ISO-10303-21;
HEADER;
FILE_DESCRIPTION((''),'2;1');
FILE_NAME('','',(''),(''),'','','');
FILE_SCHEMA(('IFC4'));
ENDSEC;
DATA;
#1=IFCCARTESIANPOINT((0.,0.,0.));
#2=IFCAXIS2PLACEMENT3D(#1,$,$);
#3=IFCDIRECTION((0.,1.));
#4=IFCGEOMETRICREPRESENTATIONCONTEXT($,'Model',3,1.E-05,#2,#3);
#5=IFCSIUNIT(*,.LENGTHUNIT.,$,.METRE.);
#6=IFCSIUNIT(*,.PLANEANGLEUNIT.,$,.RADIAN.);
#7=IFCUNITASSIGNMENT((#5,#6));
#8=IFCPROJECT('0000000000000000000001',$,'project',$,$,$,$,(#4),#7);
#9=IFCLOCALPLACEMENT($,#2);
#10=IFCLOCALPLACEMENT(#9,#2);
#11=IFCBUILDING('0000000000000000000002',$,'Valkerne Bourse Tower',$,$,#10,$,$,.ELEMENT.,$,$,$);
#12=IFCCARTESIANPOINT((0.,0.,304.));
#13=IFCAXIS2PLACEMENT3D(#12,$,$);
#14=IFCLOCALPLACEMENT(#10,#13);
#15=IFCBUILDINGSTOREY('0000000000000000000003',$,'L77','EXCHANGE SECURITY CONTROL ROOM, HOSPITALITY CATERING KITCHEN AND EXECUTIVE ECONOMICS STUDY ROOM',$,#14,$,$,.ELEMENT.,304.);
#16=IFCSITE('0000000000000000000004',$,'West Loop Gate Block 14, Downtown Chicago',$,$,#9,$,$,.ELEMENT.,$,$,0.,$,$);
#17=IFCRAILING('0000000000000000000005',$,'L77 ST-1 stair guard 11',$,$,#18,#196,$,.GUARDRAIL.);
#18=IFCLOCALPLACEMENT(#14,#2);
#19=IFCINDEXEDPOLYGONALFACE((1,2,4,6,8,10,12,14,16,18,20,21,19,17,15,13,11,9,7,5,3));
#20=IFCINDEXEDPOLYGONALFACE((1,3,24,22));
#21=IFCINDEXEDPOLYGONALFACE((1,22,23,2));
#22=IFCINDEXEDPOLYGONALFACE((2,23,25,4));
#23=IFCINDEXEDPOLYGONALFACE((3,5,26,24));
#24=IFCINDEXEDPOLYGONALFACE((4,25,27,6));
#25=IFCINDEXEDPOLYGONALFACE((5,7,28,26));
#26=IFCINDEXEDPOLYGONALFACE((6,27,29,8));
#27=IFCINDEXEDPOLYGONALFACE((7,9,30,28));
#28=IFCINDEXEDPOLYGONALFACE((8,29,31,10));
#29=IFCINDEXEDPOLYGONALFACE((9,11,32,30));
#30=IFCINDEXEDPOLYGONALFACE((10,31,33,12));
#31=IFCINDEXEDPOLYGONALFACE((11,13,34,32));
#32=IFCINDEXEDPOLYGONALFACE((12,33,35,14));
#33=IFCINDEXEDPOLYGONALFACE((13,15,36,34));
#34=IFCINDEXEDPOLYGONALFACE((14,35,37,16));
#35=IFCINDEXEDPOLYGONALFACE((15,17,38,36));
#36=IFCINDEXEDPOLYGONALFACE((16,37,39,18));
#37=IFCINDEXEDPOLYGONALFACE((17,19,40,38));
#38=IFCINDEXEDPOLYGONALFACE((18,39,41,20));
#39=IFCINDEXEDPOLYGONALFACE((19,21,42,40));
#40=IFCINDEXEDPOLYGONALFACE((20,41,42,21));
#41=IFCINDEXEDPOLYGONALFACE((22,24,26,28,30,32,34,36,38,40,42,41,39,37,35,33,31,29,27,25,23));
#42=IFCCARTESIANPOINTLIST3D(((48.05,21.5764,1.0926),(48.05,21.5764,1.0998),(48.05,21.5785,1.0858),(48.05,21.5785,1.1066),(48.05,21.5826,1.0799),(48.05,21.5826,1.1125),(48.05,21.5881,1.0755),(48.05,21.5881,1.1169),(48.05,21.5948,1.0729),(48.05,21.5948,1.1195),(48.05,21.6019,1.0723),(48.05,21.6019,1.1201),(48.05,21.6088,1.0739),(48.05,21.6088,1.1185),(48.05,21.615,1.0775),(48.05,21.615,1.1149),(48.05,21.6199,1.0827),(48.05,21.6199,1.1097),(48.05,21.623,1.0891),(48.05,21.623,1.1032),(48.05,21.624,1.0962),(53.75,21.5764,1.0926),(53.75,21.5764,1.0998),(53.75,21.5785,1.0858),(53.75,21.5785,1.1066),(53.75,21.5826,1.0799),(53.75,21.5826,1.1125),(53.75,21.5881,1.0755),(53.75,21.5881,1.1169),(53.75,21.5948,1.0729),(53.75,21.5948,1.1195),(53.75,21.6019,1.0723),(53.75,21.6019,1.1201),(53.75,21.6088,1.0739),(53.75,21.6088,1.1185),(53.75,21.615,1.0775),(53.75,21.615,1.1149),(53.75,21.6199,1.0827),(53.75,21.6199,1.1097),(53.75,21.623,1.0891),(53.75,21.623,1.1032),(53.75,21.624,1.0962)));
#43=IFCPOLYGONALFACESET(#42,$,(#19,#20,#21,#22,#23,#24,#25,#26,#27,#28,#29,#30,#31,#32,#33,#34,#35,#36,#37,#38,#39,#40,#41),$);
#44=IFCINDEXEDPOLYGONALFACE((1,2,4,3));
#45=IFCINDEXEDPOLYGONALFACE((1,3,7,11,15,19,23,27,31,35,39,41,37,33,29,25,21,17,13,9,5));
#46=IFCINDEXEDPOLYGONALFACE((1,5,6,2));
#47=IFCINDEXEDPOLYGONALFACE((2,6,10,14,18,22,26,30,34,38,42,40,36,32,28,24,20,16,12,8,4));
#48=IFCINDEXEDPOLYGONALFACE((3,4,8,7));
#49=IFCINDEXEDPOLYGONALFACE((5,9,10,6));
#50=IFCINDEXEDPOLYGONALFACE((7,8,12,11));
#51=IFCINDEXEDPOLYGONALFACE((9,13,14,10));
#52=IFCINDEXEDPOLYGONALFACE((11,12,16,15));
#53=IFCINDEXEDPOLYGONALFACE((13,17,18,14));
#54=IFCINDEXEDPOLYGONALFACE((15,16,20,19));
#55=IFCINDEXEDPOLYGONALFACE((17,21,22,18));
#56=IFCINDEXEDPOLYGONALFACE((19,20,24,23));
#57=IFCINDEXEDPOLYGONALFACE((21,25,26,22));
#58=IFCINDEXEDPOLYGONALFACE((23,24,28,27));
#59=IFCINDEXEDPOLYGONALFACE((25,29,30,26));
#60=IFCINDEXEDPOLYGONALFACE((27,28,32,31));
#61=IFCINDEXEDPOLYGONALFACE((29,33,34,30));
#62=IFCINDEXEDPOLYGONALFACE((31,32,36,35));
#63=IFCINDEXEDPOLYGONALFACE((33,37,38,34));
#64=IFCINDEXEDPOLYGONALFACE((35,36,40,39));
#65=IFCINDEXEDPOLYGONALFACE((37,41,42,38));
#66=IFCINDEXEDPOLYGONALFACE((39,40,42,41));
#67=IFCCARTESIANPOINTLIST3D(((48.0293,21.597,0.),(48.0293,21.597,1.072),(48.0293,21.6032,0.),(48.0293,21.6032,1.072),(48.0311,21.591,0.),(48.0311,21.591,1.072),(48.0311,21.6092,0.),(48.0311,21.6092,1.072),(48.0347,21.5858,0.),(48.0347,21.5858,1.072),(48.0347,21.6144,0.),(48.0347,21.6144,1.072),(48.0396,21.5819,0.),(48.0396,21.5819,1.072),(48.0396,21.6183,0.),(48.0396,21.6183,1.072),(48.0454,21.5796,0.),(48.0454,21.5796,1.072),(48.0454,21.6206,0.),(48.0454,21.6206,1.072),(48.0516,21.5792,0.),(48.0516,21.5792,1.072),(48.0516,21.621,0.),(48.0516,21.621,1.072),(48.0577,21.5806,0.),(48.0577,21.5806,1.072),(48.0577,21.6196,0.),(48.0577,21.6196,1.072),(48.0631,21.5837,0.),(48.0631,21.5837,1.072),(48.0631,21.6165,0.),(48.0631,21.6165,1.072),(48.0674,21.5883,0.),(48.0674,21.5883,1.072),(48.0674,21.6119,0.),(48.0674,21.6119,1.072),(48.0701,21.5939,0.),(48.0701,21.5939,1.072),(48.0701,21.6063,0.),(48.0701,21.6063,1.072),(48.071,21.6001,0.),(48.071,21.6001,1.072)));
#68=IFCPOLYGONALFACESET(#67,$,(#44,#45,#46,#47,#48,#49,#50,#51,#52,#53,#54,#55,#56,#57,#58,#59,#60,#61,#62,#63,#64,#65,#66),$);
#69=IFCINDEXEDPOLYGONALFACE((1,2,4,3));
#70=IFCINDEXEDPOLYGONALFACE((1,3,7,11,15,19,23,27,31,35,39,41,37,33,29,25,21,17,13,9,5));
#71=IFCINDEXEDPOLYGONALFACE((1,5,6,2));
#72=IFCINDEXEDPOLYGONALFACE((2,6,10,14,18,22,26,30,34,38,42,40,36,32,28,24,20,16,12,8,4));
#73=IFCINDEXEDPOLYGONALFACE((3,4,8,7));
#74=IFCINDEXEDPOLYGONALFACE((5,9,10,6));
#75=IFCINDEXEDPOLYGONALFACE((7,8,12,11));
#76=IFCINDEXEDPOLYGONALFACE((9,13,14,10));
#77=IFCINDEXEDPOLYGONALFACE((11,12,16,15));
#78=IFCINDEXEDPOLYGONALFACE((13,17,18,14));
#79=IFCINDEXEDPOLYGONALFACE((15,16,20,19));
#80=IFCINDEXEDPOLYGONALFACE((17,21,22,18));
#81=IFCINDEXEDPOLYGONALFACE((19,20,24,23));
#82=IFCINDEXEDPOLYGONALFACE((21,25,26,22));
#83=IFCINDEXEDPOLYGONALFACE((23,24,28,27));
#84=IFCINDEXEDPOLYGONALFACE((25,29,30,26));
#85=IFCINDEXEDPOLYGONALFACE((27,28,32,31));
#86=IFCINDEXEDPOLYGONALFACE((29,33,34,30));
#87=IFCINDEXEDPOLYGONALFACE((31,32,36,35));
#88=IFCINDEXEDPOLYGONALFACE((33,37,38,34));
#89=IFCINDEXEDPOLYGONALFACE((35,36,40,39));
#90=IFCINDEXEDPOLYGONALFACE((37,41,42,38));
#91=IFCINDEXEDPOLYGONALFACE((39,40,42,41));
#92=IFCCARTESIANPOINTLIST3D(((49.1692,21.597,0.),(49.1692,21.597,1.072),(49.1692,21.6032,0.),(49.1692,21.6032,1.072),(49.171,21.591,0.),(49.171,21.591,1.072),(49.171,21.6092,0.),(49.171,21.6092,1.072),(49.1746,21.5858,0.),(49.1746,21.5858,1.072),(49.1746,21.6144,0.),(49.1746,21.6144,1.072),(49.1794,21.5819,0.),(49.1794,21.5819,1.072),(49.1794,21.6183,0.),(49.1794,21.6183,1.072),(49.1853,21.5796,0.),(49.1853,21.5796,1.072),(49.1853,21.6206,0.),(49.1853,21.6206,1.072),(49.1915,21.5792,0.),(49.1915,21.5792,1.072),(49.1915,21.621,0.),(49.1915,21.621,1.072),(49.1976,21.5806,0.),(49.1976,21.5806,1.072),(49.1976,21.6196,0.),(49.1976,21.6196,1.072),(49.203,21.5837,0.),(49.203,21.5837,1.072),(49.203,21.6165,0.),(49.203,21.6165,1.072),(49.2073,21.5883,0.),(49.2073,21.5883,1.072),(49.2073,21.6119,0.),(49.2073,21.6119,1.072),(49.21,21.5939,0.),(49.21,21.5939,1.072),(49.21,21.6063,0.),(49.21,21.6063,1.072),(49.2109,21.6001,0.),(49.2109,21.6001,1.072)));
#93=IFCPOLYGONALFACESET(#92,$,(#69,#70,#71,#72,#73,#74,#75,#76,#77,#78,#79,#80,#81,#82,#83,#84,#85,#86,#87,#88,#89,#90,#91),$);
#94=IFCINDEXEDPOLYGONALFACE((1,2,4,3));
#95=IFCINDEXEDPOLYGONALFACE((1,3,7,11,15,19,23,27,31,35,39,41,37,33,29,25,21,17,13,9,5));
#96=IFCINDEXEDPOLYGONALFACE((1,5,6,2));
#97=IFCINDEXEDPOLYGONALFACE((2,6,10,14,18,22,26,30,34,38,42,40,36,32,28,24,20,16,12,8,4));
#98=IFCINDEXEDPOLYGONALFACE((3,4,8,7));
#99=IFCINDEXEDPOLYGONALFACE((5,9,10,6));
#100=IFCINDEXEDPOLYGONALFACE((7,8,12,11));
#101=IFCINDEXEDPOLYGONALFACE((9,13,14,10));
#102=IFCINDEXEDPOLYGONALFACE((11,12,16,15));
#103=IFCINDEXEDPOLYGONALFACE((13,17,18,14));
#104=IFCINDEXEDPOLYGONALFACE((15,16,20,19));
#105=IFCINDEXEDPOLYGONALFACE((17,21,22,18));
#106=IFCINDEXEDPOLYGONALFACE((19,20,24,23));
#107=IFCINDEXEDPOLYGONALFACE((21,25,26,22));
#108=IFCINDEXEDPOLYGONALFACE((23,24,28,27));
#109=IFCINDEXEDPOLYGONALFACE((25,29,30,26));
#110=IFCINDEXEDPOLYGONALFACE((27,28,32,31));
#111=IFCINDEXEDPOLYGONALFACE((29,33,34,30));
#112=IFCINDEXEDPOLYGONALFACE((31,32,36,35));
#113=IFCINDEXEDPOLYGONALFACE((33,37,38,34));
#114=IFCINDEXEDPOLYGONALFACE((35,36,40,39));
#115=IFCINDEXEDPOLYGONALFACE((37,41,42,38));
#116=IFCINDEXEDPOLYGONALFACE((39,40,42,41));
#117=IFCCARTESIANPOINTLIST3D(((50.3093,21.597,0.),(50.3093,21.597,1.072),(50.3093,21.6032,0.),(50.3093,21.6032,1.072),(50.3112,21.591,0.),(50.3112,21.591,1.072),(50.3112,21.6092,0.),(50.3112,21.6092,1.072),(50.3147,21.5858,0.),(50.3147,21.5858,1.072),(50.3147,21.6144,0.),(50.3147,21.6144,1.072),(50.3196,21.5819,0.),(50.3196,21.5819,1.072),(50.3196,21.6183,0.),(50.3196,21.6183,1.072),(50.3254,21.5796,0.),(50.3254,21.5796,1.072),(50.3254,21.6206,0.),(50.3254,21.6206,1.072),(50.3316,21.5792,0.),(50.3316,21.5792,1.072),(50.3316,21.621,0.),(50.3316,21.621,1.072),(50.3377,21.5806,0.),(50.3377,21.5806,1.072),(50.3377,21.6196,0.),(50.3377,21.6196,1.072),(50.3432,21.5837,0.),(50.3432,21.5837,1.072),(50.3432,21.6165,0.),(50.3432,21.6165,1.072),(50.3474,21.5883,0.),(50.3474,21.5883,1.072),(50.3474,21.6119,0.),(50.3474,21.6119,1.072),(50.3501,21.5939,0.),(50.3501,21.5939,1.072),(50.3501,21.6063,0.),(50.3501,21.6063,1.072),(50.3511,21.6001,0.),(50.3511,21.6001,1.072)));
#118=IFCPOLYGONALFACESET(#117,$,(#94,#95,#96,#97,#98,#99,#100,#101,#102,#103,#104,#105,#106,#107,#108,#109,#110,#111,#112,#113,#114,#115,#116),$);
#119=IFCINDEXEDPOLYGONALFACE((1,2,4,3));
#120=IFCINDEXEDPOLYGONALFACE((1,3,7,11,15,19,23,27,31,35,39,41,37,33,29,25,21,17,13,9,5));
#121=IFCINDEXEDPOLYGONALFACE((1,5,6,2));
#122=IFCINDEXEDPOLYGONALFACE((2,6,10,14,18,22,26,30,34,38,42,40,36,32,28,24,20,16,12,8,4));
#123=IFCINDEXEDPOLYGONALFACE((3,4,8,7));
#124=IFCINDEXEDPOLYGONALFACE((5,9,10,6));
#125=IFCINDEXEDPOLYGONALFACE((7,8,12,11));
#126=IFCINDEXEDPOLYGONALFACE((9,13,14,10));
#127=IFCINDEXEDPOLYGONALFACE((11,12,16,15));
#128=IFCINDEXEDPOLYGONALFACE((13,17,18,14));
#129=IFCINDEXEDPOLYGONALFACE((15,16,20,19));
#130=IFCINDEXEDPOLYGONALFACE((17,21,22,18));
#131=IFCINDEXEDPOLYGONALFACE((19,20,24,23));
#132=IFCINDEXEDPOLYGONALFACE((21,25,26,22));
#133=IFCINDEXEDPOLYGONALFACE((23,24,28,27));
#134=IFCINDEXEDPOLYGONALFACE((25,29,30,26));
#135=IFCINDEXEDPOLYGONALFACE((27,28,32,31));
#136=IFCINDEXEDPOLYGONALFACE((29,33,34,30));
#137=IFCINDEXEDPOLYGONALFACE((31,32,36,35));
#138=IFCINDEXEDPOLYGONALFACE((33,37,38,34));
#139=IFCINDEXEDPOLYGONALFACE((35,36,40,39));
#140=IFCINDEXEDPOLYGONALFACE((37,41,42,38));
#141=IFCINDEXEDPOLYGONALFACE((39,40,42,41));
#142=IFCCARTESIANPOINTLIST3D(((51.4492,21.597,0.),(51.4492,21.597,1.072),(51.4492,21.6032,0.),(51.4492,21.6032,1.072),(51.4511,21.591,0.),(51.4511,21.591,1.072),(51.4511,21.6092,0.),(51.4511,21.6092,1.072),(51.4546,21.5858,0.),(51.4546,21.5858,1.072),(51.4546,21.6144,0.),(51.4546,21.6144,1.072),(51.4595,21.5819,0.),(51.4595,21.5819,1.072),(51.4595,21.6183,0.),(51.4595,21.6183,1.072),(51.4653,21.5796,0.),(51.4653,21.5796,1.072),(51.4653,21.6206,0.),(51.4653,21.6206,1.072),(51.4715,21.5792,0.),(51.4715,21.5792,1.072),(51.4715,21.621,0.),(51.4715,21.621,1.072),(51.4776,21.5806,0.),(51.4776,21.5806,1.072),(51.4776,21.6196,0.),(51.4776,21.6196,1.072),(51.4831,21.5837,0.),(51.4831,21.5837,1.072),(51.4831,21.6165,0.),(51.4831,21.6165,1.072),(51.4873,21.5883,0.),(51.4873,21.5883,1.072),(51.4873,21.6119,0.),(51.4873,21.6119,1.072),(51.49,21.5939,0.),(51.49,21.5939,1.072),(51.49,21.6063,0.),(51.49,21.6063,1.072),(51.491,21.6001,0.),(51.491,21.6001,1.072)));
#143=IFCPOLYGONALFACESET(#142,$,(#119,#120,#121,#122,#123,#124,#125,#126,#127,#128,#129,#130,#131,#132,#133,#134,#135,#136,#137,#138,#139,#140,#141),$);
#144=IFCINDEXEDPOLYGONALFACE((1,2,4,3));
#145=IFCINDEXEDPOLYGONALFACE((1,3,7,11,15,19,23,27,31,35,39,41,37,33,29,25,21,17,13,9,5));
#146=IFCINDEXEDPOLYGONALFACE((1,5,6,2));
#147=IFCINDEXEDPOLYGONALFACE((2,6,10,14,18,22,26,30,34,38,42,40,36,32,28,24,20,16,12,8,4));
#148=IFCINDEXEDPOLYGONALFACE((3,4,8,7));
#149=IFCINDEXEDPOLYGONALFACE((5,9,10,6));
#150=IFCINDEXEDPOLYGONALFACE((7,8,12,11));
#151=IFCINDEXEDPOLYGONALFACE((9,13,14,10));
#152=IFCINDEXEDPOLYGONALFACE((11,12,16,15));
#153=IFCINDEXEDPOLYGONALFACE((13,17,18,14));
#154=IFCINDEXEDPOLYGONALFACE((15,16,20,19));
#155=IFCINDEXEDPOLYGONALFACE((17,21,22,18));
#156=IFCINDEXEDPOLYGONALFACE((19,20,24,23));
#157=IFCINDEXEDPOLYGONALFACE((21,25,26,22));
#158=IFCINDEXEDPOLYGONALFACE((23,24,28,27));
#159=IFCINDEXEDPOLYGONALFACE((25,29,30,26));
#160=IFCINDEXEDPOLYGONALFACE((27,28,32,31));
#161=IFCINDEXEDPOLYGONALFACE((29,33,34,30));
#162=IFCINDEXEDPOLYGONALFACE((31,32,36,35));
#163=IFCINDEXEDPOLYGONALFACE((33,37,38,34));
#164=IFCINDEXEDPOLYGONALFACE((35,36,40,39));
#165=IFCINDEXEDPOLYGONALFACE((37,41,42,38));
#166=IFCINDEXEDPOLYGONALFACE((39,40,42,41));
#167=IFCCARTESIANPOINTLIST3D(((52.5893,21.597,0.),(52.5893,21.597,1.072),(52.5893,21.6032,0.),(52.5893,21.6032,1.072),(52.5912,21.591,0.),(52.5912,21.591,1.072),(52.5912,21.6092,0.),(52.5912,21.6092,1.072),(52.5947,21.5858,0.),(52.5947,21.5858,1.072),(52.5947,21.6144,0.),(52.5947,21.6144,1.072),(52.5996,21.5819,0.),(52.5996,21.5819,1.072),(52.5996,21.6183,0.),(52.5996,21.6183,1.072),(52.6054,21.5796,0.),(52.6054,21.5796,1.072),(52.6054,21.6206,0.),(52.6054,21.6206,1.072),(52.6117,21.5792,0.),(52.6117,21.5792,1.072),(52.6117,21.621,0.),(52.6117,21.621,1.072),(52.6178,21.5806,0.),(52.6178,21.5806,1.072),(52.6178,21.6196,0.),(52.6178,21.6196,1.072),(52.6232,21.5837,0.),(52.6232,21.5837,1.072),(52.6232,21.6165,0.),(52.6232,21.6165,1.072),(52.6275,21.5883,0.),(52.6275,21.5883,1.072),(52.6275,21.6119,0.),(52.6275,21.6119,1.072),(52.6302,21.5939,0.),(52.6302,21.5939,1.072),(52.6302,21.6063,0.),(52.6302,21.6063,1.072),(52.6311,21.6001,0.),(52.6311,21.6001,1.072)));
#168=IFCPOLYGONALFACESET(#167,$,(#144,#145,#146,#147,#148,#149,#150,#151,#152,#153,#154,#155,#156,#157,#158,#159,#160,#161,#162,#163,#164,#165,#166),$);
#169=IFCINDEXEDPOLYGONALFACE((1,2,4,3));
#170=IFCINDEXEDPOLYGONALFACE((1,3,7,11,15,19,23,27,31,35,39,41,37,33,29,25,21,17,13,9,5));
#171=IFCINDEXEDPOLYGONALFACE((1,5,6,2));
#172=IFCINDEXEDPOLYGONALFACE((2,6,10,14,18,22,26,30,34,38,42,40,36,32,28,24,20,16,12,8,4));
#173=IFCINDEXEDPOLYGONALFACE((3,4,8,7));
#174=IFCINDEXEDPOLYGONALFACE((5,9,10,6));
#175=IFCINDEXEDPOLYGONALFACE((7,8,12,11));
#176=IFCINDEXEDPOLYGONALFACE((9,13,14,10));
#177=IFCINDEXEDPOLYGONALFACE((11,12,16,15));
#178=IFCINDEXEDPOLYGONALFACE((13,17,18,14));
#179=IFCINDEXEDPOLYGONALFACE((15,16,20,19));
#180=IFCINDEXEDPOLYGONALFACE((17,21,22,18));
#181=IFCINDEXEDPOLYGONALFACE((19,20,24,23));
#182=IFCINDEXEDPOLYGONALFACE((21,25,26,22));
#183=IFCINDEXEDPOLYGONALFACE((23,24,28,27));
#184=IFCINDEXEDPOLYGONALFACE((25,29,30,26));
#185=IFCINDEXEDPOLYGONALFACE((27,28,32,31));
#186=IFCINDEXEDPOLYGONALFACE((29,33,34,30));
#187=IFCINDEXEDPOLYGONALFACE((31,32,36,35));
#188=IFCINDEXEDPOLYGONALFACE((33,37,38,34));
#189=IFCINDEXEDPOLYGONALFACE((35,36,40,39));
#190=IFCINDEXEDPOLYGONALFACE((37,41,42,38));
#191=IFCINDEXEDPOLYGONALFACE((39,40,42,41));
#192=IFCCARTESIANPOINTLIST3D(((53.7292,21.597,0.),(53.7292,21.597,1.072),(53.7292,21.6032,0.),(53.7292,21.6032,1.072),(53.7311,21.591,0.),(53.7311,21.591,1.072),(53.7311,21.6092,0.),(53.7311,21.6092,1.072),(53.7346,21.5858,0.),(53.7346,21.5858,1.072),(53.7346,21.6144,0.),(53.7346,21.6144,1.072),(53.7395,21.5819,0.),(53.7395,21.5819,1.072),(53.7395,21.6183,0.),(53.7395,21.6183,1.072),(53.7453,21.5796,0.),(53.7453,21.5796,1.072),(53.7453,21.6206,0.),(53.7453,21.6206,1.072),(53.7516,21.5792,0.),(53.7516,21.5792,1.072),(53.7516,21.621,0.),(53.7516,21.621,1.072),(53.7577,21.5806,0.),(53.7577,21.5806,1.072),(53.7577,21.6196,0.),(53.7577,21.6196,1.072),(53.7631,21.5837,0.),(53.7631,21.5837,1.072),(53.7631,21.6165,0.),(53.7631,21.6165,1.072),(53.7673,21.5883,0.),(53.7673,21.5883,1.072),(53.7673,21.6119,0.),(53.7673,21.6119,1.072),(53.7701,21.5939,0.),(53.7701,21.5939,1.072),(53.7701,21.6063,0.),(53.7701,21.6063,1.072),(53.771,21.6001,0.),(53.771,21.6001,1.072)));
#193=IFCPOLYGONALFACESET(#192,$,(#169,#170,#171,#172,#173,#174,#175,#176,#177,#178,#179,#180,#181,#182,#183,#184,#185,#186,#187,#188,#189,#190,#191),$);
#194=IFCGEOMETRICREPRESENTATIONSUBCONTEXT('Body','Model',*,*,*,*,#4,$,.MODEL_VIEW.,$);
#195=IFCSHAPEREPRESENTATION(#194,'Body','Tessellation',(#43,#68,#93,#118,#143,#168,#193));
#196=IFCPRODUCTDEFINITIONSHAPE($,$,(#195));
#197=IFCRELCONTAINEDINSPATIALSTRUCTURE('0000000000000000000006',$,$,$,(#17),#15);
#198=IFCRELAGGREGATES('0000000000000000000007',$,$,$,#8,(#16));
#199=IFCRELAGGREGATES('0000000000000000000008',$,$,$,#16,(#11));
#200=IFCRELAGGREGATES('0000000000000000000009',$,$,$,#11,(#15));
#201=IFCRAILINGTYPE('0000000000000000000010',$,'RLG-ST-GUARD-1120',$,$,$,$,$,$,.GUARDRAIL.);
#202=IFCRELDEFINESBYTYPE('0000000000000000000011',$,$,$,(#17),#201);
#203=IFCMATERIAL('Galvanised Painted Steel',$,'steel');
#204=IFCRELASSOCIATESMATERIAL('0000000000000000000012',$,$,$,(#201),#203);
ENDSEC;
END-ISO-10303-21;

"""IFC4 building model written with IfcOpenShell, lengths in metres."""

from ifc_helpers import new_model, si_unit, direction, frame, origin, origin_2d, place, context, subcontext, project, spatial, circle, extrude, material, type_object, element, save


model = new_model("IFC4")

# Units and contexts
model_context = context("Model", 3, precision=1e-05, world=origin(), true_north=direction((0.0, 1.0)))
body_context = subcontext(model_context, "Body", "Model", "MODEL_VIEW")
ifc_project = project(units=[si_unit("LENGTHUNIT", "METRE"), si_unit("PLANEANGLEUNIT", "RADIAN")], contexts=[model_context])

# Site, building, storey
site_placement = place(None, origin())
site = spatial("IfcSite", under=ifc_project, at=site_placement, Name="West Loop Gate Block 14, Downtown Chicago", CompositionType="ELEMENT", RefElevation=0.0)
building_placement = place(site_placement, origin())
building = spatial("IfcBuilding", under=site, at=building_placement, Name="Valkerne Bourse Tower", CompositionType="ELEMENT")
storey_placement = place(building_placement, frame((0.0, 0.0, 304.0)))
storey = spatial("IfcBuildingStorey", under=building, at=storey_placement, Name="L77", Description="EXCHANGE SECURITY CONTROL ROOM, HOSPITALITY CATERING KITCHEN AND EXECUTIVE ECONOMICS STUDY ROOM", CompositionType="ELEMENT", Elevation=304.0)

# Shared definitions
ifc_material_1 = material(Name="Galvanised Painted Steel", Category="steel")

# Railing
railing_type_1 = type_object("IfcRailingType", Name="RLG-ST-GUARD-1120", PredefinedType="GUARDRAIL", material=ifc_material_1)
railing_1_placement = place(storey_placement, frame((48.05, 21.6001, 0.0)))
element("IfcRailing", 1, at=railing_1_placement, inside=storey, type_object=railing_type_1, Name="L77 ST-1 stair guard 11", PredefinedType="GUARDRAIL", context=body_context, shape_type="SweptSolid", body=[
    extrude(circle(Radius=0.0239, at=origin_2d()), frame((0.0, 0.0, 1.0962), z_axis=(1.0, 0.0, 0.0), x_axis=(0.0, 1.0, 0.0)), (0.0, 0.0, 1.0), 5.7),
    extrude(circle(Radius=0.021, at=origin_2d()), origin(), (0.0, 0.0, 1.0), 1.072),
    extrude(circle(Radius=0.021, at=origin_2d()), frame((1.1399, 0.0, 0.0)), (0.0, 0.0, 1.0), 1.072),
    extrude(circle(Radius=0.021, at=origin_2d()), frame((2.28, 0.0, 0.0)), (0.0, 0.0, 1.0), 1.072),
    extrude(circle(Radius=0.021, at=origin_2d()), frame((3.4199, 0.0, 0.0)), (0.0, 0.0, 1.0), 1.072),
    extrude(circle(Radius=0.021, at=origin_2d()), frame((4.5601, 0.0, 0.0)), (0.0, 0.0, 1.0), 1.072),
    extrude(circle(Radius=0.021, at=origin_2d()), frame((5.7, 0.0, 0.0)), (0.0, 0.0, 1.0), 1.072),
])

save(model, "model.ifc")
